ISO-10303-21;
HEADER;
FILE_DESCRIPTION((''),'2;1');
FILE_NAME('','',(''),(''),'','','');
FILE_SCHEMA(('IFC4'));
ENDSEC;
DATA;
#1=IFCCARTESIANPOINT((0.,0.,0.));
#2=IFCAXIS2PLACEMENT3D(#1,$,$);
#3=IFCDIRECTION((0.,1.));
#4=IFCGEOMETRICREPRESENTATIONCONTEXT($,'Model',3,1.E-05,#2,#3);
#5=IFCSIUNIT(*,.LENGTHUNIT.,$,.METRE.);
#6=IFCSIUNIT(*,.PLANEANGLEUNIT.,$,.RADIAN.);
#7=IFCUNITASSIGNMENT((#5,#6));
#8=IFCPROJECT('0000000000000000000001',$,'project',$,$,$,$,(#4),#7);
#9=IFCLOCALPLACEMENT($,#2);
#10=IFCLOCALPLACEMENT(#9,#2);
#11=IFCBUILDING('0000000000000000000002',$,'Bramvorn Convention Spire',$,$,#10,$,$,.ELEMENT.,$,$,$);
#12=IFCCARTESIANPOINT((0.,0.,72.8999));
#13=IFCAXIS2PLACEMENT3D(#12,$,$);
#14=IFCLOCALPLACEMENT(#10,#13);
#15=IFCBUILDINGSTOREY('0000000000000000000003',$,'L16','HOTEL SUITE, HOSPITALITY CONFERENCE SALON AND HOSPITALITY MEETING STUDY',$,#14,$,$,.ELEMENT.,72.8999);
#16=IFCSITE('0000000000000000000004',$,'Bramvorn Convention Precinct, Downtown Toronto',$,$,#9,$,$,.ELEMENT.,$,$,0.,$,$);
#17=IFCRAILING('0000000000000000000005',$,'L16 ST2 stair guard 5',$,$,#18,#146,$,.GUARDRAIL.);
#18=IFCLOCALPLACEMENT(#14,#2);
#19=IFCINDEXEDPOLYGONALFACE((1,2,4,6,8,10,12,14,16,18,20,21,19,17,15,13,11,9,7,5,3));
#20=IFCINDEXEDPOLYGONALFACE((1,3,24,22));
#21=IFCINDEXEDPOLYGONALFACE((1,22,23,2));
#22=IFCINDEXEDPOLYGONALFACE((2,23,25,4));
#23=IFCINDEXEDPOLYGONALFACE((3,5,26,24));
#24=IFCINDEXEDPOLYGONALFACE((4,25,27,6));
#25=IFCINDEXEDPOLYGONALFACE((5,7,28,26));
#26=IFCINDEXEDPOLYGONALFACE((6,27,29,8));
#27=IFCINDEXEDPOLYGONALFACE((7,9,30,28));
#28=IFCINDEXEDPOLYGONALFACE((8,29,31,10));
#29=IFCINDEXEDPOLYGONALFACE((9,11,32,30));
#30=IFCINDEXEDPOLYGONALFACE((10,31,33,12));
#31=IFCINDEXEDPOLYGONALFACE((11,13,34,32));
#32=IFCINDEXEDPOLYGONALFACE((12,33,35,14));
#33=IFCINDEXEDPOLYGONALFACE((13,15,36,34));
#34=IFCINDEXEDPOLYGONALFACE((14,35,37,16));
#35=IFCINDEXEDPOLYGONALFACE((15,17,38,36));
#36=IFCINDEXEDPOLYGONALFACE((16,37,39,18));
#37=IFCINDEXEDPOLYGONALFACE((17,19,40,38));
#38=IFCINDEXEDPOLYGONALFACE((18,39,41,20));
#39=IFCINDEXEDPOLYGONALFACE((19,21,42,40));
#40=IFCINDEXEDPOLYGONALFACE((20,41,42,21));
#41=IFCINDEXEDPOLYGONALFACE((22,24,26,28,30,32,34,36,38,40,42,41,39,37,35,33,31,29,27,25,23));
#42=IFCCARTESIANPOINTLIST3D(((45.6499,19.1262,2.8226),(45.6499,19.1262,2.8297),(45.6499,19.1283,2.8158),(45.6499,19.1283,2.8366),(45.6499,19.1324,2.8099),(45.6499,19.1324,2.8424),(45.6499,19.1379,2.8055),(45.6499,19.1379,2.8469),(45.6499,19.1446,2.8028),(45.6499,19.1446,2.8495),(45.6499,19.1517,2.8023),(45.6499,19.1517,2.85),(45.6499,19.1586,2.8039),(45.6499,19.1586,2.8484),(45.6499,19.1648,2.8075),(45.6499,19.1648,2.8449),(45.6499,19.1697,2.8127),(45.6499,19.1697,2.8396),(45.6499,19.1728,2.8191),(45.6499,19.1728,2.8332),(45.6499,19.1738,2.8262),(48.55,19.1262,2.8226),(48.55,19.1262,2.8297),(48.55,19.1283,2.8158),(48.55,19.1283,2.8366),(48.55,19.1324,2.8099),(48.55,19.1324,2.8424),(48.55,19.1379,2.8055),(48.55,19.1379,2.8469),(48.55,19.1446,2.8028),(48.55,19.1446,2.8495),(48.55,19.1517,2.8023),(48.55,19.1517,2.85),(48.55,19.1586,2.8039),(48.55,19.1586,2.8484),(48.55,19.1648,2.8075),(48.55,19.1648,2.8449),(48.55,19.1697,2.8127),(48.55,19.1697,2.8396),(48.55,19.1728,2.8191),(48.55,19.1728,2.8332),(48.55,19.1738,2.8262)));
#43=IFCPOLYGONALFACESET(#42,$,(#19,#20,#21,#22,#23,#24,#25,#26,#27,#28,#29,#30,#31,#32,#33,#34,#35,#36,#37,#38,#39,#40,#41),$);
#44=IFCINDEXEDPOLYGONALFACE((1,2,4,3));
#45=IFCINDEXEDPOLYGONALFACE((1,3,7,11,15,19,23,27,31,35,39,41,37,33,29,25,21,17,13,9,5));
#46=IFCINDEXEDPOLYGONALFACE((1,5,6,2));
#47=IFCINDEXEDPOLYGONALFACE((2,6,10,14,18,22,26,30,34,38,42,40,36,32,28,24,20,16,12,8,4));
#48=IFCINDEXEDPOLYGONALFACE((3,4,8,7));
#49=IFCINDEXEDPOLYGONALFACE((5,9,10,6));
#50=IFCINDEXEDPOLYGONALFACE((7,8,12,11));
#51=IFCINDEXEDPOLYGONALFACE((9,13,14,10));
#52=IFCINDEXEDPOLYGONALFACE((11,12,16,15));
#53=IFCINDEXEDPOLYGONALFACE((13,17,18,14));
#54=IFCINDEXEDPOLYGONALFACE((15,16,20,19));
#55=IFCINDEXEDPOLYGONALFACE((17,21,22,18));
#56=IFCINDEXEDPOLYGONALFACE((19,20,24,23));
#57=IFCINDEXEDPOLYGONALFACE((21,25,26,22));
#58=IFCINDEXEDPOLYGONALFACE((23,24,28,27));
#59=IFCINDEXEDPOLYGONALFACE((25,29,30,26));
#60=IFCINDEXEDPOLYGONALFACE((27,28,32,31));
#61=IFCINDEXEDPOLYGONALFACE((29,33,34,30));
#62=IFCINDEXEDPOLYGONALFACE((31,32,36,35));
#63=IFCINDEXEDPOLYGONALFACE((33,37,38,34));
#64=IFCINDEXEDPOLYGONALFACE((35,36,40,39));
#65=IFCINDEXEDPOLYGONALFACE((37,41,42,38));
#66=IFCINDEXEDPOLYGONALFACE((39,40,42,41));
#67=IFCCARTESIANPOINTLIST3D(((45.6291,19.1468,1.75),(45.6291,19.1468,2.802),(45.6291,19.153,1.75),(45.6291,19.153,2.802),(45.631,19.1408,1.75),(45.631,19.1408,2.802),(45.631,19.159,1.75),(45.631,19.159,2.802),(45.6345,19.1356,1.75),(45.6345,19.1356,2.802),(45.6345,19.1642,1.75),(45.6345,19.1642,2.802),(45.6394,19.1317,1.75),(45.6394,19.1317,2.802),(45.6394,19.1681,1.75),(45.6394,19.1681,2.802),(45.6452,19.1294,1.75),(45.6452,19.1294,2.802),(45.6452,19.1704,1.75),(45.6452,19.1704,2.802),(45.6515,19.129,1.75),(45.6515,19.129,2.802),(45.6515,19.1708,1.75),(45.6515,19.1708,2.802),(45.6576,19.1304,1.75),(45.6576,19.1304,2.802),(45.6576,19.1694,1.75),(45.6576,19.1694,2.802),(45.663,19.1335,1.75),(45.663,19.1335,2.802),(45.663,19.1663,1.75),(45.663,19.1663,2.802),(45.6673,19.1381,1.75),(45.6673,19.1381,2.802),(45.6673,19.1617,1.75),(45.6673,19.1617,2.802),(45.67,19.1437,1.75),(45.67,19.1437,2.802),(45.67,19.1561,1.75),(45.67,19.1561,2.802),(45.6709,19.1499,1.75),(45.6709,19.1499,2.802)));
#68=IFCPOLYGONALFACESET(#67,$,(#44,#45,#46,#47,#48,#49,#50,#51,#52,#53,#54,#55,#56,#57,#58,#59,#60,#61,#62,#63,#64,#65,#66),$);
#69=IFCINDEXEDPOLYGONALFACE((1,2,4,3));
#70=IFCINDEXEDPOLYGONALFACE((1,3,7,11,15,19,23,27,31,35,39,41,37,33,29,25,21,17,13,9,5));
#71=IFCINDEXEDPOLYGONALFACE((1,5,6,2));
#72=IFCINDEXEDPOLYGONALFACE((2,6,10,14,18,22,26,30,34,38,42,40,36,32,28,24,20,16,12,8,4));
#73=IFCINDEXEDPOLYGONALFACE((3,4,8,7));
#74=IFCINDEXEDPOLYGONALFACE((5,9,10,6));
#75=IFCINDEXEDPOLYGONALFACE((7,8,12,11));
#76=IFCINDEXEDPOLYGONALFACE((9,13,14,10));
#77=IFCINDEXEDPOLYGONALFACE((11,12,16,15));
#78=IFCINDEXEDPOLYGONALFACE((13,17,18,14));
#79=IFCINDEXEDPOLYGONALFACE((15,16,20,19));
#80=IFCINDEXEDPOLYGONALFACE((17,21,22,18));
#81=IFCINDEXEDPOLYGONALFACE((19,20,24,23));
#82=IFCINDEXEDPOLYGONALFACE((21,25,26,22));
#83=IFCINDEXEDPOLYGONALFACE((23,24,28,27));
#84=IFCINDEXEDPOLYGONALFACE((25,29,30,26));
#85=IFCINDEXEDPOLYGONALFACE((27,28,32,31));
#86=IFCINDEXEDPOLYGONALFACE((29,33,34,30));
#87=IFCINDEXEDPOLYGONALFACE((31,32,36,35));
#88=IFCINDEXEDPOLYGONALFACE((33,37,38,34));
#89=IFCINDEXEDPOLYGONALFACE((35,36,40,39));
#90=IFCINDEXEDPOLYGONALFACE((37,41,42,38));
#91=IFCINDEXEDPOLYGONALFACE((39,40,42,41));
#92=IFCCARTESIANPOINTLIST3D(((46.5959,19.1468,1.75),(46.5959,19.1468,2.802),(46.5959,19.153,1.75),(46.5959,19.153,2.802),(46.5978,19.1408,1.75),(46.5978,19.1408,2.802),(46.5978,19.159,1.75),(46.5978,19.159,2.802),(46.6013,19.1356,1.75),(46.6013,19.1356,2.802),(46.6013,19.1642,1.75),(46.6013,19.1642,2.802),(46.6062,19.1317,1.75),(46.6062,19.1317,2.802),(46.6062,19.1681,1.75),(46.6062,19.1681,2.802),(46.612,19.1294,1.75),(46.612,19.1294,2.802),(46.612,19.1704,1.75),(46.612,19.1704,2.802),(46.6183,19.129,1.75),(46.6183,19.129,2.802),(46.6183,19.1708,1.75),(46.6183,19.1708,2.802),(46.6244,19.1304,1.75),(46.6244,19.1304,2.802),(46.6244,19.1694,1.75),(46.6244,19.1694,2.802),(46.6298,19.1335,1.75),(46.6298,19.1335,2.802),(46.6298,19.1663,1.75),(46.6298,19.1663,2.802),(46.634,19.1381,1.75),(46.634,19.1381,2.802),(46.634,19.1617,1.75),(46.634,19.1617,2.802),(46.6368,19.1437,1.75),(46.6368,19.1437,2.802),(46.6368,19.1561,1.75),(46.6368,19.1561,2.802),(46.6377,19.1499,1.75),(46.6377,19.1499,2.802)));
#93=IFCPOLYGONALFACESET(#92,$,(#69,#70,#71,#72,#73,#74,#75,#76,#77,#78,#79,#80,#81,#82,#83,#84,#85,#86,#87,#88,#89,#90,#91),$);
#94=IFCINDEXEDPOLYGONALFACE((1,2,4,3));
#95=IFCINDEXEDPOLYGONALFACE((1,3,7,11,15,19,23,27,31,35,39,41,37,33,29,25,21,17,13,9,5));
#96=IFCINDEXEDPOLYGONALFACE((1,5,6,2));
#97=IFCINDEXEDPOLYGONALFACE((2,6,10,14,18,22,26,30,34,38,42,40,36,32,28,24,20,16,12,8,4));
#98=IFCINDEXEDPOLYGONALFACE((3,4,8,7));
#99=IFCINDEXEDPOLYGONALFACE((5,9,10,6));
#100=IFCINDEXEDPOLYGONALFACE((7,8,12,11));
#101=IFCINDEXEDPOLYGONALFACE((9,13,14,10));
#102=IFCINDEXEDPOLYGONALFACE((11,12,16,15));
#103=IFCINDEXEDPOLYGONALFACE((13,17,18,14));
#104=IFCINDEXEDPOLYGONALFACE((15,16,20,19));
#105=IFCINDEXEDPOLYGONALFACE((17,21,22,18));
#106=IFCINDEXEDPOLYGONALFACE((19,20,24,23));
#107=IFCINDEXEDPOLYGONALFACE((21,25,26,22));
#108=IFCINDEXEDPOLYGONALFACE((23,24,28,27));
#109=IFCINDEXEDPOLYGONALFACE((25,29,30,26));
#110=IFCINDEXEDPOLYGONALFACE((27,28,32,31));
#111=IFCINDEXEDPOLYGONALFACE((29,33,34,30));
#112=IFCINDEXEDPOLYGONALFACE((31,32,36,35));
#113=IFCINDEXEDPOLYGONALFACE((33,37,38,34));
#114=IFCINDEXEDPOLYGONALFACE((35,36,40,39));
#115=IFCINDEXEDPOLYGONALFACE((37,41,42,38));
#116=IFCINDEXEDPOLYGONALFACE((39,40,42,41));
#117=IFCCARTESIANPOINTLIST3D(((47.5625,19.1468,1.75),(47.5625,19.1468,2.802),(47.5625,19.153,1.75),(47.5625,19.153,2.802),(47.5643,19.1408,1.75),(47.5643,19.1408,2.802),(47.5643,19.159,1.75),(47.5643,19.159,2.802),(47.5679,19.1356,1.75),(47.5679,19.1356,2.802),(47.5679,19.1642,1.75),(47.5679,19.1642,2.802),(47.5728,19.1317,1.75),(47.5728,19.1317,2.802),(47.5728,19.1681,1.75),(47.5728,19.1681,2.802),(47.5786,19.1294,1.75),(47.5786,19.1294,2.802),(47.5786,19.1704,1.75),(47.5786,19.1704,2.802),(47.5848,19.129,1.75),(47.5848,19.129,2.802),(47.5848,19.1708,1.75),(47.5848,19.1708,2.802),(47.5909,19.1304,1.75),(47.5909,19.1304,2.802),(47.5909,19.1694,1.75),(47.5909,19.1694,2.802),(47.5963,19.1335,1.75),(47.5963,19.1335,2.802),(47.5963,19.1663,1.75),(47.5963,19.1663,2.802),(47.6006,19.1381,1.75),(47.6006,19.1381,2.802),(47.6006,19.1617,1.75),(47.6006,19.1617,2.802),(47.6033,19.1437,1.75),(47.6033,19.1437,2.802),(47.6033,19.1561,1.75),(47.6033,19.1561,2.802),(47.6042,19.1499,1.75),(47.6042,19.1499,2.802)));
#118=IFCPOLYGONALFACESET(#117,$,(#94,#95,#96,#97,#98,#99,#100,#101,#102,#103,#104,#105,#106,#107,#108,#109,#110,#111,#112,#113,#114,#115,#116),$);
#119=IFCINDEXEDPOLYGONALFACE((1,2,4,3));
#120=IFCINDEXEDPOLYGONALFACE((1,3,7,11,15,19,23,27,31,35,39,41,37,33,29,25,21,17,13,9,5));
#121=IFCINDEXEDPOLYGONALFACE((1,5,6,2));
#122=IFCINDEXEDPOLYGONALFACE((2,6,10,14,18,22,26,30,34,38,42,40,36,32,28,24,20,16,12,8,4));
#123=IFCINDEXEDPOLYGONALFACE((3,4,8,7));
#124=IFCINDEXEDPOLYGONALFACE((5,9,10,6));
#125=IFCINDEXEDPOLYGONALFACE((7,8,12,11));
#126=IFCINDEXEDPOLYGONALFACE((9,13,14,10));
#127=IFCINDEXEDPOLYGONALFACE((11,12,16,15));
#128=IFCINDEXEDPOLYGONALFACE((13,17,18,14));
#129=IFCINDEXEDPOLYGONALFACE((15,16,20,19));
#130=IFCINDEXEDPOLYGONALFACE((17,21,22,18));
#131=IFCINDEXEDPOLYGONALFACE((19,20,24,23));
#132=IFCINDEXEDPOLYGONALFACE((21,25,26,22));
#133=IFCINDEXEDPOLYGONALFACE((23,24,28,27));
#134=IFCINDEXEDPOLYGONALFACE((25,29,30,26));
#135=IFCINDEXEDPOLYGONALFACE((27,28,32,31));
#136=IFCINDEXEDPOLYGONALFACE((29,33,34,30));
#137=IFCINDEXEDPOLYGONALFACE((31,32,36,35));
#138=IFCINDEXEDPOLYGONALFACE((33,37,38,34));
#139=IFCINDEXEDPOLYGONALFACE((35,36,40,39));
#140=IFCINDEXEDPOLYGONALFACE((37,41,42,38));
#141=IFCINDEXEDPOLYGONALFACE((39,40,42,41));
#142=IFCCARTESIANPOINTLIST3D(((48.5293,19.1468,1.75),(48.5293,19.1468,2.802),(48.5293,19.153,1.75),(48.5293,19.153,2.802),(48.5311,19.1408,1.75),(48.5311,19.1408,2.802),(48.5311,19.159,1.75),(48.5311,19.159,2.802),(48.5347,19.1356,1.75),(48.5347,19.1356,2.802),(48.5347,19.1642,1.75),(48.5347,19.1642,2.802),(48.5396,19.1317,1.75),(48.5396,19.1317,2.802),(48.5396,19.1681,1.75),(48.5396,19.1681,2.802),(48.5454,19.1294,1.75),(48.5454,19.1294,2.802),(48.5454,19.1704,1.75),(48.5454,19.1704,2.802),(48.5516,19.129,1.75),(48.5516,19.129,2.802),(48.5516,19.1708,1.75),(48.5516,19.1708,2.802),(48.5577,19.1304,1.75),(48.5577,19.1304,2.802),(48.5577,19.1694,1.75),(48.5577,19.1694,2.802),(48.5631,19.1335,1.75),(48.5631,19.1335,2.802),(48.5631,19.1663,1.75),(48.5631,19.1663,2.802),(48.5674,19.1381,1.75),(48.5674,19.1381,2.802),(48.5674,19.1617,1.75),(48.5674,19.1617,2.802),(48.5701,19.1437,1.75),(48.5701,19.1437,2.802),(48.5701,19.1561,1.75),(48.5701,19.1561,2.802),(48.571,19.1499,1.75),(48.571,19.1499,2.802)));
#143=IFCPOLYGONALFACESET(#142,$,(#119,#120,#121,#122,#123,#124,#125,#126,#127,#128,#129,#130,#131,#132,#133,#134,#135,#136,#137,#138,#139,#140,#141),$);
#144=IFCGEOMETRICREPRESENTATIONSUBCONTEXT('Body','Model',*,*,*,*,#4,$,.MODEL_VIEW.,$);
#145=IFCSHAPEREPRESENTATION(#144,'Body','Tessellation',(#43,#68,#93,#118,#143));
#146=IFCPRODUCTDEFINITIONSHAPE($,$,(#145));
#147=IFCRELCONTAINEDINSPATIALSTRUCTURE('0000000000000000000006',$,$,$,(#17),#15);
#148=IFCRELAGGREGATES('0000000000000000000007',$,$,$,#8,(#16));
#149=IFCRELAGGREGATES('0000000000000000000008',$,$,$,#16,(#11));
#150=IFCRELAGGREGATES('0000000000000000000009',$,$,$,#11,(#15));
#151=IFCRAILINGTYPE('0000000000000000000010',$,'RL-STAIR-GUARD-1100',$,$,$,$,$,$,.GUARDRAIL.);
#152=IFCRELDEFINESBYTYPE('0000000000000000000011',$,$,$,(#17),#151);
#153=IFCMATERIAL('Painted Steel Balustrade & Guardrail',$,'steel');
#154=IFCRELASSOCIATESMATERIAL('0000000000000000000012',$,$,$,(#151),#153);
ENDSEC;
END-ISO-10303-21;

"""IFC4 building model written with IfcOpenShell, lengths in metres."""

from ifc_helpers import new_model, si_unit, direction, frame, origin, origin_2d, place, context, subcontext, project, spatial, circle, extrude, material, type_object, element, save


model = new_model("IFC4")

# Units and contexts
model_context = context("Model", 3, precision=1e-05, world=origin(), true_north=direction((0.0, 1.0)))
body_context = subcontext(model_context, "Body", "Model", "MODEL_VIEW")
ifc_project = project(units=[si_unit("LENGTHUNIT", "METRE"), si_unit("PLANEANGLEUNIT", "RADIAN")], contexts=[model_context])

# Site, building, storey
site_placement = place(None, origin())
site = spatial("IfcSite", under=ifc_project, at=site_placement, Name="Bramvorn Convention Precinct, Downtown Toronto", CompositionType="ELEMENT", RefElevation=0.0)
building_placement = place(site_placement, origin())
building = spatial("IfcBuilding", under=site, at=building_placement, Name="Bramvorn Convention Spire", CompositionType="ELEMENT")
storey_placement = place(building_placement, frame((0.0, 0.0, 72.8999)))
storey = spatial("IfcBuildingStorey", under=building, at=storey_placement, Name="L16", Description="HOTEL SUITE, HOSPITALITY CONFERENCE SALON AND HOSPITALITY MEETING STUDY", CompositionType="ELEMENT", Elevation=72.8999)

# Railing
ifc_material_1 = material(Name="Painted Steel Balustrade & Guardrail", Category="steel")
railing_type_1 = type_object("IfcRailingType", Name="RL-STAIR-GUARD-1100", PredefinedType="GUARDRAIL", material=ifc_material_1)
railing_1_placement = place(storey_placement, frame((45.6499, 19.1499, 1.75)))
element("IfcRailing", 1, at=railing_1_placement, inside=storey, type_object=railing_type_1, Name="L16 ST2 stair guard 5", PredefinedType="GUARDRAIL", context=body_context, shape_type="SweptSolid", body=[
    extrude(circle(Radius=0.0239, at=origin_2d()), frame((0.0, 0.0, 1.0762), z_axis=(1.0, 0.0, 0.0), x_axis=(0.0, 1.0, 0.0)), (0.0, 0.0, 1.0), 2.9001),
    extrude(circle(Radius=0.021, at=origin_2d()), origin(), (0.0, 0.0, 1.0), 1.052),
    extrude(circle(Radius=0.021, at=origin_2d()), frame((0.9668, 0.0, 0.0)), (0.0, 0.0, 1.0), 1.052),
    extrude(circle(Radius=0.021, at=origin_2d()), frame((1.9333, 0.0, 0.0)), (0.0, 0.0, 1.0), 1.052),
    extrude(circle(Radius=0.021, at=origin_2d()), frame((2.9001, 0.0, 0.0)), (0.0, 0.0, 1.0), 1.052),
])

save(model, "model.ifc")
